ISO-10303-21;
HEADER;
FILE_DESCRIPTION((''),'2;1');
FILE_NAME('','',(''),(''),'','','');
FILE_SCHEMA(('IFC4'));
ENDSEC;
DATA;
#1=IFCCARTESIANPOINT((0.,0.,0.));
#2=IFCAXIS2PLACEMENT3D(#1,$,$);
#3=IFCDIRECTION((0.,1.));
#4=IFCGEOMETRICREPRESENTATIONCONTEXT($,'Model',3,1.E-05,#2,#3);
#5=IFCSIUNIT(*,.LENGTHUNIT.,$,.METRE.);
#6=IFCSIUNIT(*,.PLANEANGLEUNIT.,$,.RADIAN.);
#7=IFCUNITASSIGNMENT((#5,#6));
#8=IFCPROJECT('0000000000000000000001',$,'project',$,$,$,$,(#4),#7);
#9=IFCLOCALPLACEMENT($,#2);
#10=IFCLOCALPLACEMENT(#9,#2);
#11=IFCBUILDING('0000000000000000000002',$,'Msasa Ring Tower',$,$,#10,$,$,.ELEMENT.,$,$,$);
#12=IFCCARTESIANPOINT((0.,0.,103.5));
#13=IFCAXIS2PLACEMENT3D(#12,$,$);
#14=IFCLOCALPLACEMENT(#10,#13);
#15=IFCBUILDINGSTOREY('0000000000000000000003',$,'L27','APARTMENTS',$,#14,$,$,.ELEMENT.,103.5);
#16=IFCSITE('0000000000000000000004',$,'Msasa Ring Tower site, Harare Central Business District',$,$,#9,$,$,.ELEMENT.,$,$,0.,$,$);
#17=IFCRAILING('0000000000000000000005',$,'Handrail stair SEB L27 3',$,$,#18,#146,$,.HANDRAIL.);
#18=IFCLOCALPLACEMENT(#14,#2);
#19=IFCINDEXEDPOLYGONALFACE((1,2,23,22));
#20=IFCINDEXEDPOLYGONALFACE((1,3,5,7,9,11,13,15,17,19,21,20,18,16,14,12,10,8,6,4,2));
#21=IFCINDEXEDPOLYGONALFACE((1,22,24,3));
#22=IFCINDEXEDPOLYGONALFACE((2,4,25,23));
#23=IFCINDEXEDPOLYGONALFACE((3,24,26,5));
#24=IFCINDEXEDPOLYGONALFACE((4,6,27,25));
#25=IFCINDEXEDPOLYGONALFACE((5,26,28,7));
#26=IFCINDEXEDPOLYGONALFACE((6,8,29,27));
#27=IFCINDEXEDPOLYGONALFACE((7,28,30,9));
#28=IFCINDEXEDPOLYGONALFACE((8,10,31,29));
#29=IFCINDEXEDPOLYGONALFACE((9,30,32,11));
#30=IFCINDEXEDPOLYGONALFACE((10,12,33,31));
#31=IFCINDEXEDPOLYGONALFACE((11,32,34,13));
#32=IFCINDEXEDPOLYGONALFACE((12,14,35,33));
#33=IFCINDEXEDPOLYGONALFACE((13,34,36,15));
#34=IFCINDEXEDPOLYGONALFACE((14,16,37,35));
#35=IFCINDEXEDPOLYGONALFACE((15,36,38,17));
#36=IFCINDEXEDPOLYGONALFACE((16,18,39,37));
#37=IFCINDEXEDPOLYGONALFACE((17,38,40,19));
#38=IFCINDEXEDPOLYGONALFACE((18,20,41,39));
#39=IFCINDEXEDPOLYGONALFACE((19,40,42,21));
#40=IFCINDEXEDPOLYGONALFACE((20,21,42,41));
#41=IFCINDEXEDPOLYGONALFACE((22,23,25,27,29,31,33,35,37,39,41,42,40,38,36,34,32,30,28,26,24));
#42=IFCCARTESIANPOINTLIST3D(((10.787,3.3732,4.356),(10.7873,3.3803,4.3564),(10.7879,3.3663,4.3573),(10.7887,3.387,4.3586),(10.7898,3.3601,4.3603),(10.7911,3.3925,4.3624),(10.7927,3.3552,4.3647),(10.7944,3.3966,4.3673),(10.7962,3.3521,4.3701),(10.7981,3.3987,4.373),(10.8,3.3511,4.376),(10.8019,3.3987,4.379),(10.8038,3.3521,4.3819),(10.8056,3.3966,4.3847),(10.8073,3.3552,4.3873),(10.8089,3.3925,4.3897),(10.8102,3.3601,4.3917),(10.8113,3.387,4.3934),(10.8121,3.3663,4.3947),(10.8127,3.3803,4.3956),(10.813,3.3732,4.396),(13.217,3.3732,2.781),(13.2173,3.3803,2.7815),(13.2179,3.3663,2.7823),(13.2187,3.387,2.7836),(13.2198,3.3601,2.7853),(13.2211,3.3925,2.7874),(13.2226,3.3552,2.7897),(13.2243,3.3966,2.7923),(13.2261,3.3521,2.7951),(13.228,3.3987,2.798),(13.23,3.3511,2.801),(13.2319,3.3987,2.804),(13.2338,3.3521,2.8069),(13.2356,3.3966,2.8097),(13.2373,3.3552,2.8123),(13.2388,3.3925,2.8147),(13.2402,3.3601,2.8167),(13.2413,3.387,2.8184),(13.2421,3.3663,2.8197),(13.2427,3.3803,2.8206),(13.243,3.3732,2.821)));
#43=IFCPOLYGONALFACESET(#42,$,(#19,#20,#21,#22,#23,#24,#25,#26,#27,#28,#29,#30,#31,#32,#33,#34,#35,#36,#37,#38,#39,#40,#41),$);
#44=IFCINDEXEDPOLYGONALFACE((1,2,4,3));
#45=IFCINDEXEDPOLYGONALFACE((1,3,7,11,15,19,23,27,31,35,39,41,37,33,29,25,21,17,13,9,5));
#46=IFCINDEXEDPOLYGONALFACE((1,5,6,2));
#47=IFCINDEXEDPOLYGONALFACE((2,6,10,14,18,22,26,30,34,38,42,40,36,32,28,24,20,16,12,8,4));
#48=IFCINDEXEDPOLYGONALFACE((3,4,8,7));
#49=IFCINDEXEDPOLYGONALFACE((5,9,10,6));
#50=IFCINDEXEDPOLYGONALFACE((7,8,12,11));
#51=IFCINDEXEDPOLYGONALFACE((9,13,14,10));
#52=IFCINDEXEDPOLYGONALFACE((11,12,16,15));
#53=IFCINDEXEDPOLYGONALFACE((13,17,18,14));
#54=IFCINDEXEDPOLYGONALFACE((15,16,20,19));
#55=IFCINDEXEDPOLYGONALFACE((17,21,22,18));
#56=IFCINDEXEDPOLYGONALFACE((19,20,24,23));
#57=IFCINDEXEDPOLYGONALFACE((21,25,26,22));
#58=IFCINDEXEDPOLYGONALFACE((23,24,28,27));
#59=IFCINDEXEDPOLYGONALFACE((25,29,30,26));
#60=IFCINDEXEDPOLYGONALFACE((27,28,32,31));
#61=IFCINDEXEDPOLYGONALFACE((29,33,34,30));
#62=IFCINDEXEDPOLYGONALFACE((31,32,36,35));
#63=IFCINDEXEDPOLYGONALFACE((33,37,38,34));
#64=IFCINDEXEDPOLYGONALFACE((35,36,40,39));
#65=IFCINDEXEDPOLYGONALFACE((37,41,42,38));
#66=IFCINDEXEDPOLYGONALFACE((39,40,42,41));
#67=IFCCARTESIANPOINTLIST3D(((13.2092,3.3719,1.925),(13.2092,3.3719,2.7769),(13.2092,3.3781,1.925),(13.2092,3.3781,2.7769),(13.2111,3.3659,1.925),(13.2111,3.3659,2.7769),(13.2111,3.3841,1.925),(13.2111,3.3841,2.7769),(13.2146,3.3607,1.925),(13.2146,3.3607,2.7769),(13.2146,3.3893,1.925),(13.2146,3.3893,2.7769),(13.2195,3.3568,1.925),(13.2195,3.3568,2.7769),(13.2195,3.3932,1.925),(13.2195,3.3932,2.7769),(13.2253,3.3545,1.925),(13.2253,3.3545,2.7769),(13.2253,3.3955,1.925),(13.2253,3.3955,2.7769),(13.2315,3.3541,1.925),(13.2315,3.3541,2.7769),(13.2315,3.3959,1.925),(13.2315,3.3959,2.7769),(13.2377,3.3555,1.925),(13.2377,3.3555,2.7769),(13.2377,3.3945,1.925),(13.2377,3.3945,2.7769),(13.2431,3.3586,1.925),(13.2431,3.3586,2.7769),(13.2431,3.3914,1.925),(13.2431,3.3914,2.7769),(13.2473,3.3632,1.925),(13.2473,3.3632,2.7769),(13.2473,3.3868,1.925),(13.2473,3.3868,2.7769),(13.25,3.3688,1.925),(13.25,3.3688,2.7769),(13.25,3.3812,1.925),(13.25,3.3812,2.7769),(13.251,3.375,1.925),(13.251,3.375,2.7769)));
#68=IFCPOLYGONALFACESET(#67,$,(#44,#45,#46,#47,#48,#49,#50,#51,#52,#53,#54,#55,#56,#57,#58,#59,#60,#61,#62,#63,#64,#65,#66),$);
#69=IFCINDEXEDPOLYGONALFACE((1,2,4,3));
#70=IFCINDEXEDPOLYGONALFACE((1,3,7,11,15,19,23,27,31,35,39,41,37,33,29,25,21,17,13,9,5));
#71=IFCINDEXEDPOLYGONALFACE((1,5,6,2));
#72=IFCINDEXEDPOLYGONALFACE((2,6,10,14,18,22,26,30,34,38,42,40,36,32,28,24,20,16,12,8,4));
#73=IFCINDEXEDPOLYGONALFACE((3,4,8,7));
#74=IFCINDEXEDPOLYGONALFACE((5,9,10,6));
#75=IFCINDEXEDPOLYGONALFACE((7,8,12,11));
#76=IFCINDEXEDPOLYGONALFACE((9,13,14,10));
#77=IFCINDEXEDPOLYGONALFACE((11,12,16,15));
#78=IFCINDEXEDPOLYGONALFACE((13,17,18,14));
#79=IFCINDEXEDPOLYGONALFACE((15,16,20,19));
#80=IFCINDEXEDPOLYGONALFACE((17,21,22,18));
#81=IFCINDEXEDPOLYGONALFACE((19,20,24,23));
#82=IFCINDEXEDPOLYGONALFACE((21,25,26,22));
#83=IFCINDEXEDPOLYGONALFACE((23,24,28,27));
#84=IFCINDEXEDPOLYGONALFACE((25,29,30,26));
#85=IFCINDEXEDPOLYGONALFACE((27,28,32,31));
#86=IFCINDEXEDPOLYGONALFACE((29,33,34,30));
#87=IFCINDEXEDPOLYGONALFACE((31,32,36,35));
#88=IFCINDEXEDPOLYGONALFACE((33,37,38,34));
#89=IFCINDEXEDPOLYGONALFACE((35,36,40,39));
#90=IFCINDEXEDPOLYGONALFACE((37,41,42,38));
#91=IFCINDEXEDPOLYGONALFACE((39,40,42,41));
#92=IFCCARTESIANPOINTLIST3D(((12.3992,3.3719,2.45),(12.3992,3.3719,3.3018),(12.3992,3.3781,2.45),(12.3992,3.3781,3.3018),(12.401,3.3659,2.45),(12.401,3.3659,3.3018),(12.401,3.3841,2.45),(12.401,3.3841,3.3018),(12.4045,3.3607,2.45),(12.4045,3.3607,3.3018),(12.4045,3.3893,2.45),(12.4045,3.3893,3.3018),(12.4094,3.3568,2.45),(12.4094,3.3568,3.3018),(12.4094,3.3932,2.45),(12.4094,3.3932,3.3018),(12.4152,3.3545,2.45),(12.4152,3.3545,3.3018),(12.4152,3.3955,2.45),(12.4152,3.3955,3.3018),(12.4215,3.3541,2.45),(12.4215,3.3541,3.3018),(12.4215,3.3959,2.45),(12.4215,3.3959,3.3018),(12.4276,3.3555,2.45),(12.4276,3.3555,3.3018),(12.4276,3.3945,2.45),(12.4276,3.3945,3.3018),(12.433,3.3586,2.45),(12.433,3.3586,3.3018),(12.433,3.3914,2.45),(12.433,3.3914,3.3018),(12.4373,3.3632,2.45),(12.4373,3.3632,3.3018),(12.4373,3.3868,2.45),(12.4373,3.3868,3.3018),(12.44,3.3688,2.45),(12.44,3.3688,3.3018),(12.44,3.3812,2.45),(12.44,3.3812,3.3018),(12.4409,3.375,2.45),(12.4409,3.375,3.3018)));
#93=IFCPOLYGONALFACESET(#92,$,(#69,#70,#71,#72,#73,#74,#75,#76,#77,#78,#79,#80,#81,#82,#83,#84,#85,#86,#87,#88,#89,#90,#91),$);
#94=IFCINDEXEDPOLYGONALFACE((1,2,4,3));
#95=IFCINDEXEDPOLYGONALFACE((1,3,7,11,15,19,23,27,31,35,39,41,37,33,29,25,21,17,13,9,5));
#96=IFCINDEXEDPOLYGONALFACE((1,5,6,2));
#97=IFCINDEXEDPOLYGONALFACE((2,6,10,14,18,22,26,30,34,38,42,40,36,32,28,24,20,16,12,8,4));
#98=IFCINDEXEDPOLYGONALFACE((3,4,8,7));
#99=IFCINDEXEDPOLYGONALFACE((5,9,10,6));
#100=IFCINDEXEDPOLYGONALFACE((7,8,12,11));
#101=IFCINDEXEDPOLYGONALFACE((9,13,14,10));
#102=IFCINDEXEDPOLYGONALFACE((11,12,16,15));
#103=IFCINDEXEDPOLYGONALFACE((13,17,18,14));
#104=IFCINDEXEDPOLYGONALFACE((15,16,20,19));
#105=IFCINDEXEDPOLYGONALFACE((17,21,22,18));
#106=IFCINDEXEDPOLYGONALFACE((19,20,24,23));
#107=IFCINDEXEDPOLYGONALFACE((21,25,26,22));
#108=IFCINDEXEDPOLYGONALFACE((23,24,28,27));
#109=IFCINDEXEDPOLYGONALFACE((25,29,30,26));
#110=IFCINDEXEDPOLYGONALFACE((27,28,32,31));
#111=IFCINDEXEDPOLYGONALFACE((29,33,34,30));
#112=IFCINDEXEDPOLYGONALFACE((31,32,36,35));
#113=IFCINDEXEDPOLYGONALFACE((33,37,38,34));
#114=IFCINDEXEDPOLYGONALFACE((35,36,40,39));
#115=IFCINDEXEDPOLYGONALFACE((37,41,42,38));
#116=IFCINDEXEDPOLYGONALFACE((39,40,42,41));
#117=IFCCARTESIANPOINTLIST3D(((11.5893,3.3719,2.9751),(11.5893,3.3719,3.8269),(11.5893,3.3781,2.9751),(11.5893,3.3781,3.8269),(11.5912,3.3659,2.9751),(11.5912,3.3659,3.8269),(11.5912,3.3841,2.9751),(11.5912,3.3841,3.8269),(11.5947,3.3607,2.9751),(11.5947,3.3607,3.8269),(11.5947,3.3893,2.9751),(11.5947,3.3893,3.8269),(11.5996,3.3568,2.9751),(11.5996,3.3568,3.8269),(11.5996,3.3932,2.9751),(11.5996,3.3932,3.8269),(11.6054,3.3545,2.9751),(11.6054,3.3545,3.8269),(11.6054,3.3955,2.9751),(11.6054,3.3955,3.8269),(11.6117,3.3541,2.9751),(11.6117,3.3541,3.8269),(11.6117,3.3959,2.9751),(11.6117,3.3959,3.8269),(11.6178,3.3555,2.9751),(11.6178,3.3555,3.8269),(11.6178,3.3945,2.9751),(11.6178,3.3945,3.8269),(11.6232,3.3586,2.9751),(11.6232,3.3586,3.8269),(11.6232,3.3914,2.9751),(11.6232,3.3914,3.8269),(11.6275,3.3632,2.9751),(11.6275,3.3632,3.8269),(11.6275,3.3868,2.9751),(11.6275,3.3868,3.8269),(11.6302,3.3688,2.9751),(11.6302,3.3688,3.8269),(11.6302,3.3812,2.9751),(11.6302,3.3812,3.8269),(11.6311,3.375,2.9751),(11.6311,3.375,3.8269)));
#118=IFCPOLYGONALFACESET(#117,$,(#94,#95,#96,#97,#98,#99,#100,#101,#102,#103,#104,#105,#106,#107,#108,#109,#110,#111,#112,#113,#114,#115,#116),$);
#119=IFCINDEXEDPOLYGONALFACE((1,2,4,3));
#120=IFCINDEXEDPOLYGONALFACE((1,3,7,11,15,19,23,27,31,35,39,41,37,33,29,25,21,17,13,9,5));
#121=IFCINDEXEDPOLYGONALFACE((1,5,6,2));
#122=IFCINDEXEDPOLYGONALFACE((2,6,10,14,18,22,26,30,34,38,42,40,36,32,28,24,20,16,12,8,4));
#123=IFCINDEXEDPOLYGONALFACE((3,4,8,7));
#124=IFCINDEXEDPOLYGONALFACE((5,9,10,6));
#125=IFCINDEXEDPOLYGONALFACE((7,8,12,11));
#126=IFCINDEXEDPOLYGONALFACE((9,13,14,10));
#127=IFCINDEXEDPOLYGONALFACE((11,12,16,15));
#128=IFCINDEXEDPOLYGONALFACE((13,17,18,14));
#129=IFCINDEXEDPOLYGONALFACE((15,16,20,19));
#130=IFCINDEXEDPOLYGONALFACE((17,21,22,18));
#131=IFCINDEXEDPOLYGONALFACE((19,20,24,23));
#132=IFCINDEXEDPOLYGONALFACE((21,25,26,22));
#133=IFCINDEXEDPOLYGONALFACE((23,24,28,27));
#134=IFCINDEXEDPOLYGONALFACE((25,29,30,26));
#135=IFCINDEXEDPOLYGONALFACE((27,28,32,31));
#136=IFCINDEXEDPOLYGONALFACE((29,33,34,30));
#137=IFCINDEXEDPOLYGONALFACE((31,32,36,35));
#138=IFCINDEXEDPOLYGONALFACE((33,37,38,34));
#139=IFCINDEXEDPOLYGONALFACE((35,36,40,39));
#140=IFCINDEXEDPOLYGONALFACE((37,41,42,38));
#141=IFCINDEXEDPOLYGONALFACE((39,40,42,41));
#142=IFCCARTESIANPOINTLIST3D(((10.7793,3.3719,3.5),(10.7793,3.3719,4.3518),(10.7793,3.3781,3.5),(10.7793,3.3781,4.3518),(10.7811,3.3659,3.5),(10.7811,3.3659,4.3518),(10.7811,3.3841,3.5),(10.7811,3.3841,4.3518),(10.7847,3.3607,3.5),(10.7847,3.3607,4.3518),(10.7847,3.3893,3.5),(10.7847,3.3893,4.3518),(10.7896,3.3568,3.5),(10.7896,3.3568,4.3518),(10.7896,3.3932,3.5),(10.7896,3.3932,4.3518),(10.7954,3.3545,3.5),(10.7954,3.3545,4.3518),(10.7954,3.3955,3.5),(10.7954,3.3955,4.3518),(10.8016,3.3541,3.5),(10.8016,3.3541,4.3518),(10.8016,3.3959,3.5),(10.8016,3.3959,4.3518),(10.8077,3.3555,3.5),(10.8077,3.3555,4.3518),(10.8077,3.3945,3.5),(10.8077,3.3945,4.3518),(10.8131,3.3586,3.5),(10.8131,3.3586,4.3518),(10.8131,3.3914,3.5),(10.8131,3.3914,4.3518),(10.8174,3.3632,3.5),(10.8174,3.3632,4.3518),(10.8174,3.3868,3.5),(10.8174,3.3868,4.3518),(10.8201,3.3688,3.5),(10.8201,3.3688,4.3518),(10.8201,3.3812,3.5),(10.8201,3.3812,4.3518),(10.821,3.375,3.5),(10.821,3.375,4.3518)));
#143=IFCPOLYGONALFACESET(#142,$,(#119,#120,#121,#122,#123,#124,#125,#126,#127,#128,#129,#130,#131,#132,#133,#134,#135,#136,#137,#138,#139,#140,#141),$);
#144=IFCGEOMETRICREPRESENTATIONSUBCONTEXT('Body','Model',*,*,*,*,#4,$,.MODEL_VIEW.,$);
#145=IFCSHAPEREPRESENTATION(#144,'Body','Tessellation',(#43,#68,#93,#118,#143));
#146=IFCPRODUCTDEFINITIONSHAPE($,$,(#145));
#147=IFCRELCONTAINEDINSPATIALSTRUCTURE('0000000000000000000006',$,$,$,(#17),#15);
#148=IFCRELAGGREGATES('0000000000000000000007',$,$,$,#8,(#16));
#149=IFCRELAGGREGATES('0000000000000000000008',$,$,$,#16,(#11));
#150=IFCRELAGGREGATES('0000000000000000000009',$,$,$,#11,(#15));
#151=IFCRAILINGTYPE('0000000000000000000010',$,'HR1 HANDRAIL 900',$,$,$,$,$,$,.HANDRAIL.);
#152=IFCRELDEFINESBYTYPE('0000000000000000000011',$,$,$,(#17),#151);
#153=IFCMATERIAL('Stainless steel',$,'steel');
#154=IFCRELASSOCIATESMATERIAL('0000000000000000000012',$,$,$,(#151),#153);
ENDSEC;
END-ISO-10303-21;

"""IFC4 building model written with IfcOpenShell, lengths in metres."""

from ifc_helpers import new_model, si_unit, direction, frame, origin, origin_2d, place, context, subcontext, project, spatial, circle, extrude, material, type_object, element, save


model = new_model("IFC4")

# Units and contexts
model_context = context("Model", 3, precision=1e-05, world=origin(), true_north=direction((0.0, 1.0)))
body_context = subcontext(model_context, "Body", "Model", "MODEL_VIEW")
ifc_project = project(units=[si_unit("LENGTHUNIT", "METRE"), si_unit("PLANEANGLEUNIT", "RADIAN")], contexts=[model_context])

# Site, building, storey
site_placement = place(None, origin())
site = spatial("IfcSite", under=ifc_project, at=site_placement, Name="Msasa Ring Tower site, Harare Central Business District", CompositionType="ELEMENT", RefElevation=0.0)
building_placement = place(site_placement, origin())
building = spatial("IfcBuilding", under=site, at=building_placement, Name="Msasa Ring Tower", CompositionType="ELEMENT")
storey_placement = place(building_placement, frame((0.0, 0.0, 103.5)))
storey = spatial("IfcBuildingStorey", under=building, at=storey_placement, Name="L27", Description="APARTMENTS", CompositionType="ELEMENT", Elevation=103.5)

# Railing
ifc_material_1 = material(Name="Stainless steel", Category="steel")
railing_type = type_object("IfcRailingType", Name="HR1 HANDRAIL 900", PredefinedType="HANDRAIL", material=ifc_material_1)
for number, where, name in (
    (1, (13.23, 3.375, 1.925), "Handrail stair SEB L27 3"),
):
    element("IfcRailing", number, at=place(storey_placement, frame(where)), inside=storey, type_object=railing_type, Name=name, PredefinedType="HANDRAIL", context=body_context, shape_type="SweptSolid", body=[
        extrude(circle(Radius=0.0239, at=origin_2d()), frame((0.0, 0.0, 0.876), z_axis=(-0.839154, 0.0, 0.543894), x_axis=(0.0, -1.0, 0.0)), (0.0, 0.0, 1.0), 2.8958),
        extrude(circle(Radius=0.021, at=origin_2d()), origin(), (0.0, 0.0, 1.0), 0.8518),
        extrude(circle(Radius=0.021, at=origin_2d()), frame((-0.8101, 0.0, 0.5249)), (0.0, 0.0, 1.0), 0.8518),
        extrude(circle(Radius=0.021, at=origin_2d()), frame((-1.6199, 0.0, 1.05)), (0.0, 0.0, 1.0), 0.8518),
        extrude(circle(Radius=0.021, at=origin_2d()), frame((-2.4299, 0.0, 1.575)), (0.0, 0.0, 1.0), 0.8518),
    ])

save(model, "model.ifc")
